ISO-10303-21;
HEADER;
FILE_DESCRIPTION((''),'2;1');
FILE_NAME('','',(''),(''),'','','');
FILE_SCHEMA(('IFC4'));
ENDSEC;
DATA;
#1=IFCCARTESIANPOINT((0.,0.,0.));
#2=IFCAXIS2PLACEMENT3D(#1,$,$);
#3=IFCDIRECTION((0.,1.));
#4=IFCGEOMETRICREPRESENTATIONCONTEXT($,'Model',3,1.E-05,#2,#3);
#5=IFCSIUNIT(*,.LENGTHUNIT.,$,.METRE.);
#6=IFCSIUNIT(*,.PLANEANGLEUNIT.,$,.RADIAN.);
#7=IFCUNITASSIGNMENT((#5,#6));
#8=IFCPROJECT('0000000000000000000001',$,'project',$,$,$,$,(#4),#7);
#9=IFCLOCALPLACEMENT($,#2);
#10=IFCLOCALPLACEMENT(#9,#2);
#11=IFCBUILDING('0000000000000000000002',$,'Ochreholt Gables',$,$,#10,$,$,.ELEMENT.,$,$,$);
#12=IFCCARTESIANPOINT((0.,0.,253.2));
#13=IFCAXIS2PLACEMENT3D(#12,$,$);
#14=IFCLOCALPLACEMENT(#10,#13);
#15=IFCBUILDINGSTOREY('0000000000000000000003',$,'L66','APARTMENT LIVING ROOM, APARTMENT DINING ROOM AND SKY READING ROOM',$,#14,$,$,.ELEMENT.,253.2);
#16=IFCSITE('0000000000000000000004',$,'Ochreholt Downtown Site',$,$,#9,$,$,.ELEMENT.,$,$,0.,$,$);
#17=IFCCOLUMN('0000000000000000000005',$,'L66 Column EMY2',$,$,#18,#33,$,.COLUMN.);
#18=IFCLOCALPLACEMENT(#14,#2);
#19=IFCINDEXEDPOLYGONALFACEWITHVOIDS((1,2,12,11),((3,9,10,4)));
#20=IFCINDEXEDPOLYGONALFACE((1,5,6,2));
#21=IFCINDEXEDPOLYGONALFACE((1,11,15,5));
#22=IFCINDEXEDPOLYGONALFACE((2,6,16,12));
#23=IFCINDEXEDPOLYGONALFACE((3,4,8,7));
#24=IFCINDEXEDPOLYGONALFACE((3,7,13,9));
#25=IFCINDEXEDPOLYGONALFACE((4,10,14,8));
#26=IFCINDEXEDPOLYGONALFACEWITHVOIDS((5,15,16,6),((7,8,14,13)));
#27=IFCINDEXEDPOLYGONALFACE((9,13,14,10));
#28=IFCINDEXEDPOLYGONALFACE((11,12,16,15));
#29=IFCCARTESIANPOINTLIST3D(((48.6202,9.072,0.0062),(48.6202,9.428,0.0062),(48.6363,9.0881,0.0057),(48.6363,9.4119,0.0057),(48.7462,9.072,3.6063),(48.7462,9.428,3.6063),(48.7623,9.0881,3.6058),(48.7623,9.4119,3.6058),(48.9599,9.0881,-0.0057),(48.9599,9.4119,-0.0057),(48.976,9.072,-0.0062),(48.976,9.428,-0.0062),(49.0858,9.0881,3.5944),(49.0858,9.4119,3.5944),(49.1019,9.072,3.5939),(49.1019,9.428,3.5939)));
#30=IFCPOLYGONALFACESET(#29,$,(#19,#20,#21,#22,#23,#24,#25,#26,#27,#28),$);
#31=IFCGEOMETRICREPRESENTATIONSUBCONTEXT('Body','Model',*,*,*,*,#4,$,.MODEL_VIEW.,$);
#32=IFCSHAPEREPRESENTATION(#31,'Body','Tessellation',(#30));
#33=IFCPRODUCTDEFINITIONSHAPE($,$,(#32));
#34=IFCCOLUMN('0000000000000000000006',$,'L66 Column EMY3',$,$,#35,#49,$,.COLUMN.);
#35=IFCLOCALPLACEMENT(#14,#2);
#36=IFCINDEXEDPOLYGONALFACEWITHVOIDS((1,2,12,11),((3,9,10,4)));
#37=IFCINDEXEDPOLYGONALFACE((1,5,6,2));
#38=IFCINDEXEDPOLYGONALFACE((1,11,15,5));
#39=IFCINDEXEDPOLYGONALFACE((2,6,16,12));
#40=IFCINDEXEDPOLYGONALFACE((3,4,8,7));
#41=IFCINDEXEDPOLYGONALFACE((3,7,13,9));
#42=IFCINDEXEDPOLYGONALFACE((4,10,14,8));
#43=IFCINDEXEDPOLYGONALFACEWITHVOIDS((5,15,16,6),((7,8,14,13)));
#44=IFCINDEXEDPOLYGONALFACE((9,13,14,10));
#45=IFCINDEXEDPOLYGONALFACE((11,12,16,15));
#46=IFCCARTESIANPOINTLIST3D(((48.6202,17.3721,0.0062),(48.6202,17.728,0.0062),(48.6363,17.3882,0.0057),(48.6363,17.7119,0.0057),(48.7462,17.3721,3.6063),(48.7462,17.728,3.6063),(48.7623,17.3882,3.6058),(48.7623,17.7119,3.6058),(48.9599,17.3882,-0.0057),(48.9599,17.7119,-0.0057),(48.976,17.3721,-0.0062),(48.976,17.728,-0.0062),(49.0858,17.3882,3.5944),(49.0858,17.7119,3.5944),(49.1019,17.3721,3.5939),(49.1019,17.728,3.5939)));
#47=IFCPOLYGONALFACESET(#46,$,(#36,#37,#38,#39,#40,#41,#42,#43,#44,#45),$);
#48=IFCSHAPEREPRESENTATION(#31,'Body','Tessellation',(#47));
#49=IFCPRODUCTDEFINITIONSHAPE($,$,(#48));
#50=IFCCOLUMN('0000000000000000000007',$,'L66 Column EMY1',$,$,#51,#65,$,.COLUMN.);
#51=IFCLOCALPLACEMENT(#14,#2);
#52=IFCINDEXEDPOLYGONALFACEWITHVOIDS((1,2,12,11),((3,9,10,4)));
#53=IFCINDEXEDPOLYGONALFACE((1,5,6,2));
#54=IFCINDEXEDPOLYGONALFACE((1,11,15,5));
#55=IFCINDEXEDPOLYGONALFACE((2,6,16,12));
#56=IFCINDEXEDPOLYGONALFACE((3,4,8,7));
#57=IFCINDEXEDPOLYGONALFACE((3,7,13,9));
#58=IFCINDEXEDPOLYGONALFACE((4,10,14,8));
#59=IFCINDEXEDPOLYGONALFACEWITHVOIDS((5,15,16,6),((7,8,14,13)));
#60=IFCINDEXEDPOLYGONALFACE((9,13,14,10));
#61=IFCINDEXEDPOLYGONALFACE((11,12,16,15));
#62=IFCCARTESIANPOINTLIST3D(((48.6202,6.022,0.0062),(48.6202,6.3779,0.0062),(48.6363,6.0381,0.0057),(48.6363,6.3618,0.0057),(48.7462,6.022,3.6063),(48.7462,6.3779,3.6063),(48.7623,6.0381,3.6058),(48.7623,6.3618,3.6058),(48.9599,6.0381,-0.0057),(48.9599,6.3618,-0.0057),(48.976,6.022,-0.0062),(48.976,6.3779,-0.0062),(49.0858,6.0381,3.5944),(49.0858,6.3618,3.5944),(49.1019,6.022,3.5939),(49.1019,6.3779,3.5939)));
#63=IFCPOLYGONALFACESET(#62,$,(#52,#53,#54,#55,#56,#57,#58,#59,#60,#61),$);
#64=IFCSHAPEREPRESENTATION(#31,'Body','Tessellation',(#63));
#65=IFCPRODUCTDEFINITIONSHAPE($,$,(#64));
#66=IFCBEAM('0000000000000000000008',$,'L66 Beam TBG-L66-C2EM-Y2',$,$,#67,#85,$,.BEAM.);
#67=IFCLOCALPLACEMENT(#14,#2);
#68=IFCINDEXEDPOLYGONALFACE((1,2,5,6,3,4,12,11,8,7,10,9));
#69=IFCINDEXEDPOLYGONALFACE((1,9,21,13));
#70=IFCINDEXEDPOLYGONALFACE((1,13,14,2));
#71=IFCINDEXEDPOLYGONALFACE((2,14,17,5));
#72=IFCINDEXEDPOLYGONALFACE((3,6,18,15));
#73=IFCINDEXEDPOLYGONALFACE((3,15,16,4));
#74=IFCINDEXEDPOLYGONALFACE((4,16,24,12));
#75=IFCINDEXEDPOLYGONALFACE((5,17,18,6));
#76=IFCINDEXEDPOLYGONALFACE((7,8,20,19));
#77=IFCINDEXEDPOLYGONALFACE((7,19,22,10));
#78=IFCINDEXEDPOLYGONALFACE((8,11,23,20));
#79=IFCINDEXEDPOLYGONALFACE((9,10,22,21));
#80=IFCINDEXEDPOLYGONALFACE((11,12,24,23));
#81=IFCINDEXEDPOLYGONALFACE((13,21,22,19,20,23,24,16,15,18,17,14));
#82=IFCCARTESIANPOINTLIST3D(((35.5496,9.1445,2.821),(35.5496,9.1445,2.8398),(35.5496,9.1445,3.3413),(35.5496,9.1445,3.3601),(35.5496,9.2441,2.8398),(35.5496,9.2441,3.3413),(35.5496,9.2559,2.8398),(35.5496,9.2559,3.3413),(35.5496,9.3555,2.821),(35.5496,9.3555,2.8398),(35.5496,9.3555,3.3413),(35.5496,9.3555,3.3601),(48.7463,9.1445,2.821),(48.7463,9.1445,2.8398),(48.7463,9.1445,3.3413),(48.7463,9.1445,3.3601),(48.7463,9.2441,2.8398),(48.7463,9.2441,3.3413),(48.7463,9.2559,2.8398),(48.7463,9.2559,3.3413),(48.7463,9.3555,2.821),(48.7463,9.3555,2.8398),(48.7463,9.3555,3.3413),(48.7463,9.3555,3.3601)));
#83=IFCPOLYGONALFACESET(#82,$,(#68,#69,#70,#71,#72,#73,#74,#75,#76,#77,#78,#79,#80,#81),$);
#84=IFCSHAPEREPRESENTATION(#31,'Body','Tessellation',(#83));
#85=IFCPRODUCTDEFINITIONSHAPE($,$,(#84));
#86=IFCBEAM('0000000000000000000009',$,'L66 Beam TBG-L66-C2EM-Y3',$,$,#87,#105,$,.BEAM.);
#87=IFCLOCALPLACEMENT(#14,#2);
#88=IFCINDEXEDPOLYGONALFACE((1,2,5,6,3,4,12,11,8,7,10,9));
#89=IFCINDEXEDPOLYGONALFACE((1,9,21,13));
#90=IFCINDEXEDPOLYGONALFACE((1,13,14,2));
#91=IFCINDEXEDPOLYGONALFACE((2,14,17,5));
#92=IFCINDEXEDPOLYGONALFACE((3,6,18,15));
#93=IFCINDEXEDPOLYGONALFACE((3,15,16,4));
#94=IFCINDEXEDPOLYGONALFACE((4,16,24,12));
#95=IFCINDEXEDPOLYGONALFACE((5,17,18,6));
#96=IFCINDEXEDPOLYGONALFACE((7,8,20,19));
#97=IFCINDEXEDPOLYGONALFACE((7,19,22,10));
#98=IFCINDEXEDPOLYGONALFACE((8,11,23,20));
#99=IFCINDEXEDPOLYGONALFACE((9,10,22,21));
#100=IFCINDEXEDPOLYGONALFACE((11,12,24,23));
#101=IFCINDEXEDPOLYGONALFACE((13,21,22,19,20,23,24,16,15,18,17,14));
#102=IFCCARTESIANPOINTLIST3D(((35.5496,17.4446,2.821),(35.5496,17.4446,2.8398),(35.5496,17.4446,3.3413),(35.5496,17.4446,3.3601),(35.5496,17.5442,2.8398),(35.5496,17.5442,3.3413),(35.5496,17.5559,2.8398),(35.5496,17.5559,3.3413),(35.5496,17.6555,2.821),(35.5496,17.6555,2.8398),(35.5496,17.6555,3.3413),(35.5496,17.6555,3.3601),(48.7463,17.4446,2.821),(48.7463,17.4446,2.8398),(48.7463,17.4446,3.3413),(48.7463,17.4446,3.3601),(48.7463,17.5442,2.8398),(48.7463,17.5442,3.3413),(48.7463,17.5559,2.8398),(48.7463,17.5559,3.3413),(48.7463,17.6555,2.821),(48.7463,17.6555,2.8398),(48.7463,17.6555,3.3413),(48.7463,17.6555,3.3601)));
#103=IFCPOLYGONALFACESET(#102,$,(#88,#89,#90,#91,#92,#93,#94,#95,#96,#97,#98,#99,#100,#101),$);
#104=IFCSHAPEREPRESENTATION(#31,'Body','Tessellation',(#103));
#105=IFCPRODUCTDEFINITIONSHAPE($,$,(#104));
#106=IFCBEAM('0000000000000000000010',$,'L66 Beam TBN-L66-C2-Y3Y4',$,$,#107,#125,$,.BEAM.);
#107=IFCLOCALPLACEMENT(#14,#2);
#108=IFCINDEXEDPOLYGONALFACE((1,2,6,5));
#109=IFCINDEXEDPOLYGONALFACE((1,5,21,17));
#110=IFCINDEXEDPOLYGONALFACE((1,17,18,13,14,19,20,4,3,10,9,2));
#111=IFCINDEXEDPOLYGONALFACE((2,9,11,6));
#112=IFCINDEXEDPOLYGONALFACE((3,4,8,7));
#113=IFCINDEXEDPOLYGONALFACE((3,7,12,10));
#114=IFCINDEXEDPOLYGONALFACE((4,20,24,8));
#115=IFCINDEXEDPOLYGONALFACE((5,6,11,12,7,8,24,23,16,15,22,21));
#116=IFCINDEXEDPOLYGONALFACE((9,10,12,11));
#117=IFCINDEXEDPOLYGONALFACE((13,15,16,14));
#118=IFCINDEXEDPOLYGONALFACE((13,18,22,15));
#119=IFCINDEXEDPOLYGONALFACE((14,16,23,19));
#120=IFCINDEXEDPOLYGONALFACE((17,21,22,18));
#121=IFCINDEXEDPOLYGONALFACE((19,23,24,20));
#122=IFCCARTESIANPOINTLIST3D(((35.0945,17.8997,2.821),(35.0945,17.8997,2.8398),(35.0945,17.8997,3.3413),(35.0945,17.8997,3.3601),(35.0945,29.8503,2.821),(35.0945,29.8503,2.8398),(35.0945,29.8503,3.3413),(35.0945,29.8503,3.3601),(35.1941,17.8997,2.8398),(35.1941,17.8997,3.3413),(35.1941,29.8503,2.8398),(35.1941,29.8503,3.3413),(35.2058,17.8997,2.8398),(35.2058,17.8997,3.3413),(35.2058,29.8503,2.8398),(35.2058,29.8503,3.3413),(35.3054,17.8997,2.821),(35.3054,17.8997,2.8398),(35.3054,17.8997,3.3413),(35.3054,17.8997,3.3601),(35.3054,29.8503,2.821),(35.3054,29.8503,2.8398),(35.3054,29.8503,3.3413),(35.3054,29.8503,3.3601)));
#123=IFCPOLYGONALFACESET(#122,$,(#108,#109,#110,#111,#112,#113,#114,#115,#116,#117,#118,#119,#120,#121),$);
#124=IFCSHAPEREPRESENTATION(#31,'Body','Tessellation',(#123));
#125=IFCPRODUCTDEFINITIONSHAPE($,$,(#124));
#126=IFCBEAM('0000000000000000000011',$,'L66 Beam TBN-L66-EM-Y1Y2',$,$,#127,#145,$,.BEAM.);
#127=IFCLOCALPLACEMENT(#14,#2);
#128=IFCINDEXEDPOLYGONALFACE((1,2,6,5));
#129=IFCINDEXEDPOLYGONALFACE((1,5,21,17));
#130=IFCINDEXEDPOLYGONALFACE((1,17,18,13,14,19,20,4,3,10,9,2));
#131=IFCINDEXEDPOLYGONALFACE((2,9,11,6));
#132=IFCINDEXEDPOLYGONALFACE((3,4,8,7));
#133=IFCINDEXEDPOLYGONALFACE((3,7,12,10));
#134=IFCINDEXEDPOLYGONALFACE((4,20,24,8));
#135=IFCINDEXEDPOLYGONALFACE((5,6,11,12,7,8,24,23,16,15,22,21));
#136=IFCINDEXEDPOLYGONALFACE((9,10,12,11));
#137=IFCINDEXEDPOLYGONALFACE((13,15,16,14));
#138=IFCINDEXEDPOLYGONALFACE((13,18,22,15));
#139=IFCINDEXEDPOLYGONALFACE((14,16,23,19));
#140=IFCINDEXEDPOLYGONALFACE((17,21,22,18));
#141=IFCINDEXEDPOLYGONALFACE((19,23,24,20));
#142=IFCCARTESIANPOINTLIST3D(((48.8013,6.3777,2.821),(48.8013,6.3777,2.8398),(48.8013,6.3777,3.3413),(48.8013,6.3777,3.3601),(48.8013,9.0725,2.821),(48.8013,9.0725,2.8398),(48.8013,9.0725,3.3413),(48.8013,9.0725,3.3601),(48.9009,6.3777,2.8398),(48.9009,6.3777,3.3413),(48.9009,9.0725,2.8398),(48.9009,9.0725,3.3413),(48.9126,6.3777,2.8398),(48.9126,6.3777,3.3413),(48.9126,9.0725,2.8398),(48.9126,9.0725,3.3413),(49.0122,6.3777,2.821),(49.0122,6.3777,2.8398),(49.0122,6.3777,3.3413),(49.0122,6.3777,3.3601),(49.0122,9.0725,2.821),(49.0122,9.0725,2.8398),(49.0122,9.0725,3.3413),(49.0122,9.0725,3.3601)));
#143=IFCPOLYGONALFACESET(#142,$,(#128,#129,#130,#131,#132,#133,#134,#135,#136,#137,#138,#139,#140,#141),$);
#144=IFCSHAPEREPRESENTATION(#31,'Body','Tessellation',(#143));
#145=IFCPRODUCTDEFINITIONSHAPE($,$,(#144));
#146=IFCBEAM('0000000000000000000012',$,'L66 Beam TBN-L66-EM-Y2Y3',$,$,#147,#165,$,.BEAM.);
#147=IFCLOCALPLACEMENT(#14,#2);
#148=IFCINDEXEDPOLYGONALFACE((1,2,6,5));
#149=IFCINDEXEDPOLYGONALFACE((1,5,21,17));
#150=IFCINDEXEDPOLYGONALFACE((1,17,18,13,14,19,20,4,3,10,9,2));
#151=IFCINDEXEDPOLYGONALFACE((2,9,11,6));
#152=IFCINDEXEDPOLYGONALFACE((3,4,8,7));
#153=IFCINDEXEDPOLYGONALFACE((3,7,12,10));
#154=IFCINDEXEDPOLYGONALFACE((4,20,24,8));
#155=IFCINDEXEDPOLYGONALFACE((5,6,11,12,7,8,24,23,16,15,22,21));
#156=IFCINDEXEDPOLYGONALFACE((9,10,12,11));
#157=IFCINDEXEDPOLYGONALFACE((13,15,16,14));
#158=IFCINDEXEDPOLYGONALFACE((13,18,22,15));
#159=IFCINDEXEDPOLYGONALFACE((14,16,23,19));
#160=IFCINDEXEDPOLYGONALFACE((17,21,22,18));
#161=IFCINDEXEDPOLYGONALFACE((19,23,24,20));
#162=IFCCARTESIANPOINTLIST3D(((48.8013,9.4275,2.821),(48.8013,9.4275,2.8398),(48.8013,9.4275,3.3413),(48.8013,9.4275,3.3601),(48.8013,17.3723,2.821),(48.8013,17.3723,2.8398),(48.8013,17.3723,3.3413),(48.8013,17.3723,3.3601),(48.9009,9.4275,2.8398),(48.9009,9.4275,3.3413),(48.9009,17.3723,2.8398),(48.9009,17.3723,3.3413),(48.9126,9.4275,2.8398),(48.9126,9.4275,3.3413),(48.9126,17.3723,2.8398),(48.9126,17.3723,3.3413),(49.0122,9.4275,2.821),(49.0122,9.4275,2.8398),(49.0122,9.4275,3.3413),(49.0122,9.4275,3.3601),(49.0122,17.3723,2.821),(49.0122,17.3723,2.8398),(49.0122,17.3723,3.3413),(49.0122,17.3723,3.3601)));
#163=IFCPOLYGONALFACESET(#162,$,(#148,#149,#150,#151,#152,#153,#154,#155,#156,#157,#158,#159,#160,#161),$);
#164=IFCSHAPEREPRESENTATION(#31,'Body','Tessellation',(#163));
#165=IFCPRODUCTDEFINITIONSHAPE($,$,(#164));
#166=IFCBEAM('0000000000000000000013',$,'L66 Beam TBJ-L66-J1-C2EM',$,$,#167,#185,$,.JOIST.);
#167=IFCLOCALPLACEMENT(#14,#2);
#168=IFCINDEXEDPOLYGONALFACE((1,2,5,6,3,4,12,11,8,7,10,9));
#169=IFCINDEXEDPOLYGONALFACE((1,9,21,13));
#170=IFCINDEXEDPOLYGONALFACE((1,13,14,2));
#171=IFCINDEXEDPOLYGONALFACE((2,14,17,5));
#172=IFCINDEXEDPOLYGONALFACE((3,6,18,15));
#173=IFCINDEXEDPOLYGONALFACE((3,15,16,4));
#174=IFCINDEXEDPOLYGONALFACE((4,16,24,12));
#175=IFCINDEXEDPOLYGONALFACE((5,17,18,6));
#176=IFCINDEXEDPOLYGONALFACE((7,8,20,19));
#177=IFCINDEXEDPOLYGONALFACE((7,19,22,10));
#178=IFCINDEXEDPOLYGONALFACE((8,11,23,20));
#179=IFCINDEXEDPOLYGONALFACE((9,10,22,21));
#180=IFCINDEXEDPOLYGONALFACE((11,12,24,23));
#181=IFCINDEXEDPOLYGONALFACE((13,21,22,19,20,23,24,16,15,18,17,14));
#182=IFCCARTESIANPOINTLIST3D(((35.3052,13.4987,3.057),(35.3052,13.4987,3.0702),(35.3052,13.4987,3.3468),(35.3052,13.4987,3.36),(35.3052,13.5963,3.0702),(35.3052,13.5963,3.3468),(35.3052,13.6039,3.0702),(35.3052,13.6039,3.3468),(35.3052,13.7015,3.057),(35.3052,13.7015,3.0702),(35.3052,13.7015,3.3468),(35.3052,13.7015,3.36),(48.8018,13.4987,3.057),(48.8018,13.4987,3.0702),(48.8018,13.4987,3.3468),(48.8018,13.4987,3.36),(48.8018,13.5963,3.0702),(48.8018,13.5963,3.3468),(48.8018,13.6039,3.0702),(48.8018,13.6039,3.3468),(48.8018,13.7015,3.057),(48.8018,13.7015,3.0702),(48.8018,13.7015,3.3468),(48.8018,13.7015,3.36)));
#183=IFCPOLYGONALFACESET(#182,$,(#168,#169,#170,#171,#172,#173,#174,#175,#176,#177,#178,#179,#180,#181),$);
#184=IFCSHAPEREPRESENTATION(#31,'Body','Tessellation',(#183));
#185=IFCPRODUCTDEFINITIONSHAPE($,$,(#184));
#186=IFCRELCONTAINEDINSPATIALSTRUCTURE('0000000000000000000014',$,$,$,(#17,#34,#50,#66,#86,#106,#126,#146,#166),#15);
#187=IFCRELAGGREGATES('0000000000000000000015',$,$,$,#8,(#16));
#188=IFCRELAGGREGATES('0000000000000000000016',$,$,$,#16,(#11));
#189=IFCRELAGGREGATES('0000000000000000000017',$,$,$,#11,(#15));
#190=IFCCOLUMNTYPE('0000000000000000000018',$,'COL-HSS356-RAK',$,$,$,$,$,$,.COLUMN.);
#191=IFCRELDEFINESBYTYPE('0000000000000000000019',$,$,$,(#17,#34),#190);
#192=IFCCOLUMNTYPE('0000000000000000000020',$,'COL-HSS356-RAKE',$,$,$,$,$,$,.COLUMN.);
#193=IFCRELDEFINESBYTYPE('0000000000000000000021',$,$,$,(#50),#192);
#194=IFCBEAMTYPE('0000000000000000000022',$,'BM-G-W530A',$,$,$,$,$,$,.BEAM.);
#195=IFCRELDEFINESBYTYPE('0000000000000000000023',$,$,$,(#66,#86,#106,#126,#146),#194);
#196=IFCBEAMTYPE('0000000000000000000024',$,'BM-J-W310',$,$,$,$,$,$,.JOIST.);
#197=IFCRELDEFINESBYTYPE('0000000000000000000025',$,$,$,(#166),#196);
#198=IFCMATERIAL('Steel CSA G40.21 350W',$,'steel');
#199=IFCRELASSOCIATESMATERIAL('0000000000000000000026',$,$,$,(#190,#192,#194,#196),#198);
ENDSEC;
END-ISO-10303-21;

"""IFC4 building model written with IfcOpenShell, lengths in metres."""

from ifc_helpers import new_model, si_unit, direction, frame, origin, origin_2d, place, context, subcontext, project, spatial, hollow_rectangle, i_section, extrude, material, material_profile, profile_set, type_object, element, save


model = new_model("IFC4")

# Units and contexts
model_context = context("Model", 3, precision=1e-05, world=origin(), true_north=direction((0.0, 1.0)))
body_context = subcontext(model_context, "Body", "Model", "MODEL_VIEW")
ifc_project = project(units=[si_unit("LENGTHUNIT", "METRE"), si_unit("PLANEANGLEUNIT", "RADIAN")], contexts=[model_context])

# Site, building, storey
site_placement = place(None, origin())
site = spatial("IfcSite", under=ifc_project, at=site_placement, Name="Ochreholt Downtown Site", CompositionType="ELEMENT", RefElevation=0.0)
building_placement = place(site_placement, origin())
building = spatial("IfcBuilding", under=site, at=building_placement, Name="Ochreholt Gables", CompositionType="ELEMENT")
storey_placement = place(building_placement, frame((0.0, 0.0, 253.2)))
storey = spatial("IfcBuildingStorey", under=building, at=storey_placement, Name="L66", Description="APARTMENT LIVING ROOM, APARTMENT DINING ROOM AND SKY READING ROOM", CompositionType="ELEMENT", Elevation=253.2)

# Columns
ifc_material_1 = material(Name="Steel CSA G40.21 350W", Category="steel")
ifc_material_profile_1 = material_profile(ifc_material_1, hollow_rectangle(XDim=0.356, YDim=0.356, WallThickness=0.0161, at=origin_2d()), Name="HSS356X356X16")
ifc_profile_set_1 = profile_set([ifc_material_profile_1], Name="Steel CSA G40.21 350W")
column_type_1 = type_object("IfcColumnType", Name="COL-HSS356-RAK", PredefinedType="COLUMN", material=ifc_profile_set_1)
for number, where, z_axis, x_axis, name in (
    (1, (48.7981, 9.25, 0.0), (0.034971, 0.0, 0.999388), (0.0, 1.0, 0.0), "L66 Column EMY2"),
    (2, (48.7981, 17.55, 0.0), (0.034971, 0.0, 0.999388), (0.0, 1.0, 0.0), "L66 Column EMY3"),
):
    element("IfcColumn", number, at=place(storey_placement, frame(where, z_axis=z_axis, x_axis=x_axis)), inside=storey, type_object=column_type_1, Name=name, PredefinedType="COLUMN", context=body_context, shape_type="SweptSolid", body=[
        extrude(hollow_rectangle(XDim=0.356, YDim=0.356, WallThickness=0.0161, at=origin_2d()), origin(), (0.0, 0.0, 1.0), 3.6023),
    ])
ifc_material_profile_2 = material_profile(ifc_material_1, hollow_rectangle(XDim=0.356, YDim=0.356, WallThickness=0.0161, at=origin_2d()), Name="HSS356X356X16")
ifc_profile_set_2 = profile_set([ifc_material_profile_2], Name="Steel CSA G40.21 350W")
column_type_2 = type_object("IfcColumnType", Name="COL-HSS356-RAKE", PredefinedType="COLUMN", material=ifc_profile_set_2)
column_placement = place(storey_placement, frame((48.7981, 6.2, 0.0), z_axis=(0.034971, 0.0, 0.999388), x_axis=(0.0, 1.0, 0.0)))
element("IfcColumn", 3, at=column_placement, inside=storey, type_object=column_type_2, Name="L66 Column EMY1", PredefinedType="COLUMN", context=body_context, shape_type="SweptSolid", body=[
    extrude(hollow_rectangle(XDim=0.356, YDim=0.356, WallThickness=0.0161, at=origin_2d()), origin(), (0.0, 0.0, 1.0), 3.6023),
])

# Beams
ifc_material_profile_3 = material_profile(ifc_material_1, i_section(OverallWidth=0.2109, OverallDepth=0.5391, WebThickness=0.0117, FlangeThickness=0.0188, at=origin_2d()), Name="W530X109")
ifc_profile_set_3 = profile_set([ifc_material_profile_3], Name="Steel CSA G40.21 350W")
beam_type_1 = type_object("IfcBeamType", Name="BM-G-W530A", PredefinedType="BEAM", material=ifc_profile_set_3)
for number, where, z_axis, x_axis, name in (
    (4, (35.5496, 9.25, 3.0906), (1.0, 0.0, 0.0), (0.0, 1.0, 0.0), "L66 Beam TBG-L66-C2EM-Y2"),
    (5, (35.5496, 17.55, 3.0906), (1.0, 0.0, 0.0), (0.0, 1.0, 0.0), "L66 Beam TBG-L66-C2EM-Y3"),
):
    element("IfcBeam", number, at=place(storey_placement, frame(where, z_axis=z_axis, x_axis=x_axis)), inside=storey, type_object=beam_type_1, Name=name, PredefinedType="BEAM", context=body_context, shape_type="SweptSolid", body=[
        extrude(i_section(OverallWidth=0.2109, OverallDepth=0.5391, WebThickness=0.0117, FlangeThickness=0.0188, at=origin_2d()), origin(), (0.0, 0.0, 1.0), 13.1968),
    ])
beam_1_placement = place(storey_placement, frame((35.2, 17.8997, 3.0906), z_axis=(0.0, 1.0, 0.0), x_axis=(-1.0, 0.0, 0.0)))
element("IfcBeam", 6, at=beam_1_placement, inside=storey, type_object=beam_type_1, Name="L66 Beam TBN-L66-C2-Y3Y4", PredefinedType="BEAM", context=body_context, shape_type="SweptSolid", body=[
    extrude(i_section(OverallWidth=0.2109, OverallDepth=0.5391, WebThickness=0.0117, FlangeThickness=0.0188, at=origin_2d()), origin(), (0.0, 0.0, 1.0), 11.9507),
])
beam_2_placement = place(storey_placement, frame((48.9067, 6.3777, 3.0906), z_axis=(0.0, 1.0, 0.0), x_axis=(-1.0, 0.0, 0.0)))
element("IfcBeam", 7, at=beam_2_placement, inside=storey, type_object=beam_type_1, Name="L66 Beam TBN-L66-EM-Y1Y2", PredefinedType="BEAM", context=body_context, shape_type="SweptSolid", body=[
    extrude(i_section(OverallWidth=0.2109, OverallDepth=0.5391, WebThickness=0.0117, FlangeThickness=0.0188, at=origin_2d()), origin(), (0.0, 0.0, 1.0), 2.6948),
])
beam_3_placement = place(storey_placement, frame((48.9067, 9.4275, 3.0906), z_axis=(0.0, 1.0, 0.0), x_axis=(-1.0, 0.0, 0.0)))
element("IfcBeam", 8, at=beam_3_placement, inside=storey, type_object=beam_type_1, Name="L66 Beam TBN-L66-EM-Y2Y3", PredefinedType="BEAM", context=body_context, shape_type="SweptSolid", body=[
    extrude(i_section(OverallWidth=0.2109, OverallDepth=0.5391, WebThickness=0.0117, FlangeThickness=0.0188, at=origin_2d()), origin(), (0.0, 0.0, 1.0), 7.9448),
])
ifc_material_profile_4 = material_profile(ifc_material_1, i_section(OverallWidth=0.2029, OverallDepth=0.303, WebThickness=0.0076, FlangeThickness=0.0132, at=origin_2d()), Name="W310X60")
ifc_profile_set_4 = profile_set([ifc_material_profile_4], Name="Steel CSA G40.21 350W")
beam_type_2 = type_object("IfcBeamType", Name="BM-J-W310", PredefinedType="JOIST", material=ifc_profile_set_4)
beam_4_placement = place(storey_placement, frame((35.3052, 13.6001, 3.2085), z_axis=(1.0, 0.0, 0.0), x_axis=(0.0, 1.0, 0.0)))
element("IfcBeam", 9, at=beam_4_placement, inside=storey, type_object=beam_type_2, Name="L66 Beam TBJ-L66-J1-C2EM", PredefinedType="JOIST", context=body_context, shape_type="SweptSolid", body=[
    extrude(i_section(OverallWidth=0.2029, OverallDepth=0.303, WebThickness=0.0076, FlangeThickness=0.0132, at=origin_2d()), origin(), (0.0, 0.0, 1.0), 13.4966),
])

save(model, "model.ifc")
